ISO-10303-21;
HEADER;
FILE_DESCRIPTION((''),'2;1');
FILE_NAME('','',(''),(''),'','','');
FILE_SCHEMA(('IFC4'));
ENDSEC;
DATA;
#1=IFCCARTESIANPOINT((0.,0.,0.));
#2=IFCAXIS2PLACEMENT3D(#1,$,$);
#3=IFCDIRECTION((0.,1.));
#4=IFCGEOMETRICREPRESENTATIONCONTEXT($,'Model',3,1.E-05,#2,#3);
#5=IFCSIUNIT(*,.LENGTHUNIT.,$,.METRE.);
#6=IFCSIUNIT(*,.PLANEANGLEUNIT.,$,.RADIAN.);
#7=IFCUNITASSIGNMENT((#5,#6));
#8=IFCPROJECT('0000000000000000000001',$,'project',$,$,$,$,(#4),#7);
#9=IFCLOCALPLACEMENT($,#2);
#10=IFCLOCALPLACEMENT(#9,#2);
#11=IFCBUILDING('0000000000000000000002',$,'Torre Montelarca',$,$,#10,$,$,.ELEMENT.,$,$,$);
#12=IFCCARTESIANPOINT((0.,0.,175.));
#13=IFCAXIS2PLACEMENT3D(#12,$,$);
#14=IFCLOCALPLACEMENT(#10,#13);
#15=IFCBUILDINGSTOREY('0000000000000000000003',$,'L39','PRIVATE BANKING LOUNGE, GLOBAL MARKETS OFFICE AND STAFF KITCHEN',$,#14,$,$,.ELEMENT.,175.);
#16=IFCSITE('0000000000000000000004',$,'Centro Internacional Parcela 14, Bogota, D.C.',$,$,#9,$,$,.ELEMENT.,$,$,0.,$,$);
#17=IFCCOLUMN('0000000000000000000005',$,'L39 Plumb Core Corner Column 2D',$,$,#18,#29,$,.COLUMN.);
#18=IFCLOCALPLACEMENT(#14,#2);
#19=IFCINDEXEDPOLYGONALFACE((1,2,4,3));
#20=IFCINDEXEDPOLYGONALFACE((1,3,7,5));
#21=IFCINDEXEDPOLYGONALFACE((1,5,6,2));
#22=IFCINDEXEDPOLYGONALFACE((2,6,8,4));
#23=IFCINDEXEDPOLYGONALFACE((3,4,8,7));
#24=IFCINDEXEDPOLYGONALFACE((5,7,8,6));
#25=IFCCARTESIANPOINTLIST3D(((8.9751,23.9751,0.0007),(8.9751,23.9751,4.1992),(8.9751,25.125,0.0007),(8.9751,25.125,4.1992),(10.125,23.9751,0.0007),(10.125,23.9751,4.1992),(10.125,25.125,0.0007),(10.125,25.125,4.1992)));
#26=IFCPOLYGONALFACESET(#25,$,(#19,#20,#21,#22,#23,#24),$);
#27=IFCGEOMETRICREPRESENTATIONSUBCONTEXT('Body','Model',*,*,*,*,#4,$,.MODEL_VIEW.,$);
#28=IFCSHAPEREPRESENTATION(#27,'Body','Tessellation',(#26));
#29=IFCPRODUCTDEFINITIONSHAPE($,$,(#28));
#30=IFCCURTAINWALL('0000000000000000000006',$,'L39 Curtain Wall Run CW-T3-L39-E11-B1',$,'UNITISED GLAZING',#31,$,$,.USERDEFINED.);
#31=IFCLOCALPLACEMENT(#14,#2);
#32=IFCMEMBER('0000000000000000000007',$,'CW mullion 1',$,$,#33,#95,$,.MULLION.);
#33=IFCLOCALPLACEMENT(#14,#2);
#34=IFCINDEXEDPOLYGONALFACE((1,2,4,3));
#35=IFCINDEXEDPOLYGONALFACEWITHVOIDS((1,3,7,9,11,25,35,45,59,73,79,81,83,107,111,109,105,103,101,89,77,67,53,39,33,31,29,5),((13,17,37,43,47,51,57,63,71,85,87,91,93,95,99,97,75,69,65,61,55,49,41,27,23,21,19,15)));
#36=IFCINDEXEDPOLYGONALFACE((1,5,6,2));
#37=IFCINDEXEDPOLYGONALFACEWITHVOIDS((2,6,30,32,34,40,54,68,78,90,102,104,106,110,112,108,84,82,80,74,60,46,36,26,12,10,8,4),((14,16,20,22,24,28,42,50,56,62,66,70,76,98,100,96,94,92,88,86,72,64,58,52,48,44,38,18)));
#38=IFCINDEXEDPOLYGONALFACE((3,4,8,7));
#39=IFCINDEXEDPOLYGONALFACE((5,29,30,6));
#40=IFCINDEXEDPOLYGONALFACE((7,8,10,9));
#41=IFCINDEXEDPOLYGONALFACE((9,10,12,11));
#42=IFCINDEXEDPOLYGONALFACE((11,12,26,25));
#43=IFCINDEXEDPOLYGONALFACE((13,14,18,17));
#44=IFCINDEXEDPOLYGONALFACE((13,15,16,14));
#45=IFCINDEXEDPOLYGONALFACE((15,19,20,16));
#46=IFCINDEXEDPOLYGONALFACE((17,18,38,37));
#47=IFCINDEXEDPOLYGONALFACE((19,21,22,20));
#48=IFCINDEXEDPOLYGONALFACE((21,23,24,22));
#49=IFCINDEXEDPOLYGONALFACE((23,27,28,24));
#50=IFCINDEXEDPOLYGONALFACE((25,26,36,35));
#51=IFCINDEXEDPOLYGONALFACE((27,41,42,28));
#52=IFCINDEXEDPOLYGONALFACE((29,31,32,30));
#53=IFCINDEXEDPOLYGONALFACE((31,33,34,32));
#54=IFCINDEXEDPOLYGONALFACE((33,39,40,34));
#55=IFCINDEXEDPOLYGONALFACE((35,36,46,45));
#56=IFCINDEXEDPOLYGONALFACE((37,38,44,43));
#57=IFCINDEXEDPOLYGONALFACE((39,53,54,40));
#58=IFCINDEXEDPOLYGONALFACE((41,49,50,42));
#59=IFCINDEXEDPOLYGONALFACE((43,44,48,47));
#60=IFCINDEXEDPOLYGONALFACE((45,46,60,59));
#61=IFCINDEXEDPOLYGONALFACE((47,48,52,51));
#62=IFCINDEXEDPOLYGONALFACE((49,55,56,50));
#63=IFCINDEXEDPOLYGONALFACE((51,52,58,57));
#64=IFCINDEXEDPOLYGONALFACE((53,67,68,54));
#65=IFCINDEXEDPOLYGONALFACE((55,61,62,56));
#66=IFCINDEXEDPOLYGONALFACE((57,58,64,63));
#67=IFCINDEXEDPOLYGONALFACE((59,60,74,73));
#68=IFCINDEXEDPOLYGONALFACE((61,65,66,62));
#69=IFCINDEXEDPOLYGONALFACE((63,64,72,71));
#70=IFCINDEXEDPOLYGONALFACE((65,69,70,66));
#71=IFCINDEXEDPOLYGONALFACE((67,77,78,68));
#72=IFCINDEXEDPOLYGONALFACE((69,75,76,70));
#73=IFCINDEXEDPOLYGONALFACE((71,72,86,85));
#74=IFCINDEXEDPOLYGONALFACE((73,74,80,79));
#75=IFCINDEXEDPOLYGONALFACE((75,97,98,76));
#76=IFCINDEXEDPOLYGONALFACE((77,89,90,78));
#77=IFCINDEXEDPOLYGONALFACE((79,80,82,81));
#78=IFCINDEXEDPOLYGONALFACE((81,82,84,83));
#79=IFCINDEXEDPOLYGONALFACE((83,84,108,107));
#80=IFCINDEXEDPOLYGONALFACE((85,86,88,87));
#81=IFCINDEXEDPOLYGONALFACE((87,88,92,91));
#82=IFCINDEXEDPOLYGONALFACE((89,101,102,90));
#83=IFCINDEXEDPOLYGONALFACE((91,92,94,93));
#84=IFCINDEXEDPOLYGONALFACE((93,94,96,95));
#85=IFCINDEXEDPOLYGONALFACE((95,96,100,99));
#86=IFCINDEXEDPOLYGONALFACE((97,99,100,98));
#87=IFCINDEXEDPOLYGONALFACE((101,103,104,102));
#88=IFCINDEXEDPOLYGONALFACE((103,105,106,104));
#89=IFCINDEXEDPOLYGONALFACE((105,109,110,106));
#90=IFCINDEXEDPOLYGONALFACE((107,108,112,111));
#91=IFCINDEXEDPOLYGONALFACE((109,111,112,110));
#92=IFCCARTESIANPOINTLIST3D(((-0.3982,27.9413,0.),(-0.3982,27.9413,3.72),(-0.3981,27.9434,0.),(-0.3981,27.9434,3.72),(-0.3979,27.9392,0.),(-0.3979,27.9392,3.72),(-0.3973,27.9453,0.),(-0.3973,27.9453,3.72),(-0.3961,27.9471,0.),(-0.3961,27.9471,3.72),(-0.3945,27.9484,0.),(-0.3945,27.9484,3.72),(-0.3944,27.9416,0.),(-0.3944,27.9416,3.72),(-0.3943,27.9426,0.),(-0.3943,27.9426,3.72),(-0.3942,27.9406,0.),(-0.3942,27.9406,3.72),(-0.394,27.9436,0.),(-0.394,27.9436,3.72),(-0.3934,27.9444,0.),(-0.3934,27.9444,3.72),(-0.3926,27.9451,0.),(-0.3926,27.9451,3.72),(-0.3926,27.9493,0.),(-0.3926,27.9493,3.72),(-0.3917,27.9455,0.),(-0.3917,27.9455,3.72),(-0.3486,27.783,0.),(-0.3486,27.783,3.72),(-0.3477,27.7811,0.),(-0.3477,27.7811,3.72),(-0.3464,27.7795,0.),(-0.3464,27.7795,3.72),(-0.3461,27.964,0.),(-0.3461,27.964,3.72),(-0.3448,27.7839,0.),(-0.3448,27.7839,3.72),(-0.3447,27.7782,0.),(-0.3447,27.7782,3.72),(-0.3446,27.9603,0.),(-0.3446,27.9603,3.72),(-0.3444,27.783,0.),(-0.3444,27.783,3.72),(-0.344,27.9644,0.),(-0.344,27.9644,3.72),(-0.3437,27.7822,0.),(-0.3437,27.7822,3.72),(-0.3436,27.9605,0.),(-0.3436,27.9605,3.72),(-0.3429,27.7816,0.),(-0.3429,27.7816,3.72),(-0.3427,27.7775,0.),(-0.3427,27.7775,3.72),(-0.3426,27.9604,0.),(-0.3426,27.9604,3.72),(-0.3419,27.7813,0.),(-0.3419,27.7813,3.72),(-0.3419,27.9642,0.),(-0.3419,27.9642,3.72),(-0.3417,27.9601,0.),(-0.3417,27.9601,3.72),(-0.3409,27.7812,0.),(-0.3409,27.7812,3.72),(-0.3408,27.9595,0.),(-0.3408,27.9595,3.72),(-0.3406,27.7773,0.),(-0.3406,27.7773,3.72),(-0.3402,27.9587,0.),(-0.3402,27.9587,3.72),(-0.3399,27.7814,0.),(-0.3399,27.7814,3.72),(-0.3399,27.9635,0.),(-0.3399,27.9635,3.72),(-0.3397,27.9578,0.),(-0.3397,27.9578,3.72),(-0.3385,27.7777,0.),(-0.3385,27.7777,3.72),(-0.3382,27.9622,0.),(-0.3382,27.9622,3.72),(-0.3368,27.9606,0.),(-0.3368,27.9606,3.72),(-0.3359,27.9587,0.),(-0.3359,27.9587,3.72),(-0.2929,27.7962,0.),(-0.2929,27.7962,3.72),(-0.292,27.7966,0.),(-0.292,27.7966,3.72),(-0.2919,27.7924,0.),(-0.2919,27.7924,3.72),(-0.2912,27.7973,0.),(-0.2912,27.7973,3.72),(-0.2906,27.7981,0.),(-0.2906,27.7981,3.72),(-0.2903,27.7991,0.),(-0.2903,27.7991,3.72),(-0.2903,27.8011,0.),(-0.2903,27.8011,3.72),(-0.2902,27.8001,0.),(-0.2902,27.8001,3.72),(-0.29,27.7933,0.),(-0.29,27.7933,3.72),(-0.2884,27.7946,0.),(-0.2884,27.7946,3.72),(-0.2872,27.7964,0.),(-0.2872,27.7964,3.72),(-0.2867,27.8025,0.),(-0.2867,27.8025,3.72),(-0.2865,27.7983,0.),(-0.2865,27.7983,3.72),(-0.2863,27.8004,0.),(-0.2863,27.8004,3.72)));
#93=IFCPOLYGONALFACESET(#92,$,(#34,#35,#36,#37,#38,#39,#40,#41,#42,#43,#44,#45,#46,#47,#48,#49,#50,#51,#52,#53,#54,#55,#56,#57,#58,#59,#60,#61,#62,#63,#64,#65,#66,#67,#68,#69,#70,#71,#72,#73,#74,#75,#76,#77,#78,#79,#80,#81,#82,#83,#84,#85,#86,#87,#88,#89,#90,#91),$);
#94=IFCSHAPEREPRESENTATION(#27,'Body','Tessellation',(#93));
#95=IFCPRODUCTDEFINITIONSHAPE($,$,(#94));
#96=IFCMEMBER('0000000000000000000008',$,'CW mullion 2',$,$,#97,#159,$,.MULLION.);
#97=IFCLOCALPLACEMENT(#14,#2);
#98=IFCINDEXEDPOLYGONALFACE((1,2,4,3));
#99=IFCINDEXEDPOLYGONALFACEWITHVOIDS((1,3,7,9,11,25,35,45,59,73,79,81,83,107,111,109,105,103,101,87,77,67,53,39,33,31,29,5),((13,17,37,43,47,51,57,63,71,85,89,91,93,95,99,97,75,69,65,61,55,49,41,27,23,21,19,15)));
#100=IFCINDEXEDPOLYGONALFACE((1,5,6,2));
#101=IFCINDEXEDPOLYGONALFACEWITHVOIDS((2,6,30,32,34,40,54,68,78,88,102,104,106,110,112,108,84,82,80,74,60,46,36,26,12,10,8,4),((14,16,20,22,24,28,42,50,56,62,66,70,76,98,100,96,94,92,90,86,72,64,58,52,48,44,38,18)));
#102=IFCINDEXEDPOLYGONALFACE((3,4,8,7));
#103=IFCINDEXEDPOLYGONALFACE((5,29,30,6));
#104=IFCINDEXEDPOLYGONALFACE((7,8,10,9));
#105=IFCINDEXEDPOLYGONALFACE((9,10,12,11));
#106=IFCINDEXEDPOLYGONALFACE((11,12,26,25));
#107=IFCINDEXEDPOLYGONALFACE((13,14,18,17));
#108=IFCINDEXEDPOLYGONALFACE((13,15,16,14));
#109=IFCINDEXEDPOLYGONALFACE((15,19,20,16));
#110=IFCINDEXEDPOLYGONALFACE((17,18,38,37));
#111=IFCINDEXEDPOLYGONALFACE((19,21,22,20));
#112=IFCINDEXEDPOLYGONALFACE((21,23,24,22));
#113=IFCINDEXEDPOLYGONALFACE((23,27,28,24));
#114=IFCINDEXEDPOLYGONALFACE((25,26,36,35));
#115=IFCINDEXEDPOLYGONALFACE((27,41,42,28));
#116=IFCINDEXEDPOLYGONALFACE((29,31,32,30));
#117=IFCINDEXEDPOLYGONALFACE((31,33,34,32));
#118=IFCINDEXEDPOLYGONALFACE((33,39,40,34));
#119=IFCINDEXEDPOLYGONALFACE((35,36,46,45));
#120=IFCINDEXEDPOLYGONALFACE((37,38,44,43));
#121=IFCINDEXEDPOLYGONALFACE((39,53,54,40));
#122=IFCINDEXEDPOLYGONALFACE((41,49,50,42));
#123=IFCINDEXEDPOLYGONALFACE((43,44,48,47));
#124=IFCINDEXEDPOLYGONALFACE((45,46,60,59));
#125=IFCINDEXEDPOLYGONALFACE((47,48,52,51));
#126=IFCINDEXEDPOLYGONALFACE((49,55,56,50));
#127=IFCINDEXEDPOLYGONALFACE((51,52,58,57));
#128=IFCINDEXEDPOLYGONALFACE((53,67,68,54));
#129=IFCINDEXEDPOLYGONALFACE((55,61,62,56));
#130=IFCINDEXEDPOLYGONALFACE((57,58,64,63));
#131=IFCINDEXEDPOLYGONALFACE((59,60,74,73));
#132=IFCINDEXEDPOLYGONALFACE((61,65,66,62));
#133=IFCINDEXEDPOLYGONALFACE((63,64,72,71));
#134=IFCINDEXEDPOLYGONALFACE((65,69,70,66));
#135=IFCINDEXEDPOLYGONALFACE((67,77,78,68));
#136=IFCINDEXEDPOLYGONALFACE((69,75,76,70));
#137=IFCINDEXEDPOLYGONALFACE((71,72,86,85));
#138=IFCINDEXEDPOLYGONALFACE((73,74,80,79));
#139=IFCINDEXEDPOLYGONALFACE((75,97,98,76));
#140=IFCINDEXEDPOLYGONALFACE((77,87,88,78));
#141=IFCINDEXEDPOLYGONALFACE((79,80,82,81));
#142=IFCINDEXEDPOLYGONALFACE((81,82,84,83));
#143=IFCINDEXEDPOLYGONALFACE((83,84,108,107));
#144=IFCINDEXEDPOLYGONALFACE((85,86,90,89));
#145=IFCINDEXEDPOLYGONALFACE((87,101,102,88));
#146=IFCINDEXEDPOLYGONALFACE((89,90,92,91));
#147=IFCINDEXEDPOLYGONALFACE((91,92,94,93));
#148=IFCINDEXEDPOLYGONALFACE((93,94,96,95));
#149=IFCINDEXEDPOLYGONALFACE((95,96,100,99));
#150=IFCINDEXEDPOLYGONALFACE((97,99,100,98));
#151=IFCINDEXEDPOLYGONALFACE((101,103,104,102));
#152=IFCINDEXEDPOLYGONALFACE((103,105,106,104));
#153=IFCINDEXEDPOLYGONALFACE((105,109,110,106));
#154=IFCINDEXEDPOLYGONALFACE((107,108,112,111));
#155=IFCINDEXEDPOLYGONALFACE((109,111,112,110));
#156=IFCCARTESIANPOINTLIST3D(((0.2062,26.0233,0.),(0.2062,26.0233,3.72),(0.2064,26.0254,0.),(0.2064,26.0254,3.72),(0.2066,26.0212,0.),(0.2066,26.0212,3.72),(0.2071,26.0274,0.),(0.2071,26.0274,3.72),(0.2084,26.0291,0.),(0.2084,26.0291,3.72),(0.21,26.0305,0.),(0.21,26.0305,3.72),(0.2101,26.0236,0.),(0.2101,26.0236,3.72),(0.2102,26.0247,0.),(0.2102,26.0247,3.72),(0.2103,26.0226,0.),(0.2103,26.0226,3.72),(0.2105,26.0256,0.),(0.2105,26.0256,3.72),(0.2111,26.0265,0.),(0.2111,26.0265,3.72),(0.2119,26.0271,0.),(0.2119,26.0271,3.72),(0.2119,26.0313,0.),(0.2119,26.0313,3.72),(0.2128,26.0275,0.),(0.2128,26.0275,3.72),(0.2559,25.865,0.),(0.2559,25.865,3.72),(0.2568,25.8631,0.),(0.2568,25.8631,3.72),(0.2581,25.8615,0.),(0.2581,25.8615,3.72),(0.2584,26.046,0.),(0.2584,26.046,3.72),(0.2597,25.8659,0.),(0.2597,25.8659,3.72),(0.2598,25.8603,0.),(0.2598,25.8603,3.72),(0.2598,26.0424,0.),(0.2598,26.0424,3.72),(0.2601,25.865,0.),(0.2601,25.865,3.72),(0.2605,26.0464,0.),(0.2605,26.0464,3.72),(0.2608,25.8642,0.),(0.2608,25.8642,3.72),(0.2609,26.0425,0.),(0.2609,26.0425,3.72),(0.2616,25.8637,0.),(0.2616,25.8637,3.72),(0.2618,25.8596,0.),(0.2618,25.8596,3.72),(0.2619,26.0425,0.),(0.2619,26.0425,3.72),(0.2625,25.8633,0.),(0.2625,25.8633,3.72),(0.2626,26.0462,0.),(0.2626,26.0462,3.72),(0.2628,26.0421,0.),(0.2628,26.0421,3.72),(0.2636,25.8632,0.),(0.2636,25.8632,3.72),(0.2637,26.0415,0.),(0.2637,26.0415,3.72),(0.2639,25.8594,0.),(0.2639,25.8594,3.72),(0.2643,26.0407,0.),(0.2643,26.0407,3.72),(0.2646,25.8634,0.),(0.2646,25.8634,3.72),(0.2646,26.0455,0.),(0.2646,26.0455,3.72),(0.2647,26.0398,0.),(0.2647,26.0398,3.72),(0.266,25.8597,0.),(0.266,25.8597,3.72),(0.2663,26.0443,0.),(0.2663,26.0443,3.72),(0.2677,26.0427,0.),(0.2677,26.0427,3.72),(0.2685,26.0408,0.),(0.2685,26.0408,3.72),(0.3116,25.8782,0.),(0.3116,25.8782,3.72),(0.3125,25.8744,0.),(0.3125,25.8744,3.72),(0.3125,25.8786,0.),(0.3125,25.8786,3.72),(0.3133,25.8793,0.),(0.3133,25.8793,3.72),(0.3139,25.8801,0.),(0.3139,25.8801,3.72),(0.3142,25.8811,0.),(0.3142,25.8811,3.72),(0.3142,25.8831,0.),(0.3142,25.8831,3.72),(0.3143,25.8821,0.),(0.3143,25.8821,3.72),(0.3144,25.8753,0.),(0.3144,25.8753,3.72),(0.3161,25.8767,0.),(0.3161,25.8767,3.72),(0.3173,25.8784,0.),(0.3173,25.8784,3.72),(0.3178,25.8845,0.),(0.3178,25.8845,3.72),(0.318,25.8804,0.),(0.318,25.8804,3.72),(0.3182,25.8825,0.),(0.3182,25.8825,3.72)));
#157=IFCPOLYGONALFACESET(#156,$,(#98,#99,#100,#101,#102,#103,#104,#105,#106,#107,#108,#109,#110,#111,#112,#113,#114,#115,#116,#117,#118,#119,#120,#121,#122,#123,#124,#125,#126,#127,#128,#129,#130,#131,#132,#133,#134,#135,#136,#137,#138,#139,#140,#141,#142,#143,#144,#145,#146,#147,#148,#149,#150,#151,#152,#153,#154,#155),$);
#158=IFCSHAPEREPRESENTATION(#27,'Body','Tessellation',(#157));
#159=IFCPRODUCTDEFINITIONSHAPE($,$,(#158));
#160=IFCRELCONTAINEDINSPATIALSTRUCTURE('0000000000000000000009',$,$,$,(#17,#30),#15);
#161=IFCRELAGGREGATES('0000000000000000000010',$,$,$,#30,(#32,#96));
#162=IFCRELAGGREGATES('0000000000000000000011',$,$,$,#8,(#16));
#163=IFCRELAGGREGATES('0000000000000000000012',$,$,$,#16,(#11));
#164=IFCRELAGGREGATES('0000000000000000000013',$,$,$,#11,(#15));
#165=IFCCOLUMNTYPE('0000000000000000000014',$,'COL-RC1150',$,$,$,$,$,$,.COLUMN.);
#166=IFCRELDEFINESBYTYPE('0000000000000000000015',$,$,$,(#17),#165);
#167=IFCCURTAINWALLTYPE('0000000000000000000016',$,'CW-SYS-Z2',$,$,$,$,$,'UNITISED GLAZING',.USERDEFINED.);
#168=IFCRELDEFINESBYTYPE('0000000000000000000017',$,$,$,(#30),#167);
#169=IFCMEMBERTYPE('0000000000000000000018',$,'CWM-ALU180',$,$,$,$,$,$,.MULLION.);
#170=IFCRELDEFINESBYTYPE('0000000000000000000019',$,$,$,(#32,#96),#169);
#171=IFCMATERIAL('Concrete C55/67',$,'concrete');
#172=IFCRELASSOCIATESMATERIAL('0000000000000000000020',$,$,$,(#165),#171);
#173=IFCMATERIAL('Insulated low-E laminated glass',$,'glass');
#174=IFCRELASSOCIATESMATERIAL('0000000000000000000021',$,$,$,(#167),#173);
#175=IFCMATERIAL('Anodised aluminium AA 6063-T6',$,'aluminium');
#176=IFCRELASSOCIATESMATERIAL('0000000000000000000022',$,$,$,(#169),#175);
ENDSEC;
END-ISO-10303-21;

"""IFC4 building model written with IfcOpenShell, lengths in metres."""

from ifc_helpers import new_model, si_unit, direction, frame, origin, origin_2d, place, context, subcontext, project, spatial, rectangle, hollow_rectangle, extrude, source, transform, mapped, material, material_profile, profile_set, type_object, element, aggregate, save


model = new_model("IFC4")

# Units and contexts
model_context = context("Model", 3, precision=1e-05, world=origin(), true_north=direction((0.0, 1.0)))
body_context = subcontext(model_context, "Body", "Model", "MODEL_VIEW")
ifc_project = project(units=[si_unit("LENGTHUNIT", "METRE"), si_unit("PLANEANGLEUNIT", "RADIAN")], contexts=[model_context])

# Site, building, storey
site_placement = place(None, origin())
site = spatial("IfcSite", under=ifc_project, at=site_placement, Name="Centro Internacional Parcela 14, Bogota, D.C.", CompositionType="ELEMENT", RefElevation=0.0)
building_placement = place(site_placement, origin())
building = spatial("IfcBuilding", under=site, at=building_placement, Name="Torre Montelarca", CompositionType="ELEMENT")
storey_placement = place(building_placement, frame((0.0, 0.0, 175.0)))
storey = spatial("IfcBuildingStorey", under=building, at=storey_placement, Name="L39", Description="PRIVATE BANKING LOUNGE, GLOBAL MARKETS OFFICE AND STAFF KITCHEN", CompositionType="ELEMENT", Elevation=175.0)

# Column
ifc_material_1 = material(Name="Concrete C55/67", Category="concrete")
ifc_material_profile_1 = material_profile(ifc_material_1, rectangle(XDim=1.1499, YDim=1.1499, at=origin_2d()), Name="RC1150X1150", Category="concrete")
ifc_profile_set_1 = profile_set([ifc_material_profile_1], Name="Concrete C55/67")
column_type = type_object("IfcColumnType", Name="COL-RC1150", PredefinedType="COLUMN", material=ifc_profile_set_1)
shared_shape_1 = source(origin(), body_context, "Body", "SweptSolid", [
    extrude(rectangle(XDim=1.1499, YDim=1.1499, at=origin_2d()), origin(), (0.0, 0.0, 1.0), 4.1985),
])
column_placement = place(storey_placement, frame((9.55, 24.55, 0.0007), z_axis=(0.0, 0.0, 1.0), x_axis=(1.0, 0.0, 0.0)))
element("IfcColumn", 1, at=column_placement, inside=storey, type_object=column_type, Name="L39 Plumb Core Corner Column 2D", PredefinedType="COLUMN", context=body_context, shape_type="MappedRepresentation", body=[
    mapped(shared_shape_1, transform((0.0, 0.0, 0.0), scale=1.0)),
])

# Curtain wall, members
ifc_material_2 = material(Name="Insulated low-E laminated glass", Category="glass")
curtain_wall_type = type_object("IfcCurtainWallType", Name="CW-SYS-Z2", ElementType="UNITISED GLAZING", PredefinedType="USERDEFINED", material=ifc_material_2)
curtain_wall_1_placement = place(storey_placement, origin())
curtain_wall_1 = element("IfcCurtainWall", 2, at=curtain_wall_1_placement, inside=storey, type_object=curtain_wall_type, Name="L39 Curtain Wall Run CW-T3-L39-E11-B1", ObjectType="UNITISED GLAZING", PredefinedType="USERDEFINED")
ifc_material_3 = material(Name="Anodised aluminium AA 6063-T6", Category="aluminium")
ifc_material_profile_2 = material_profile(ifc_material_3, hollow_rectangle(XDim=0.0649, YDim=0.1799, WallThickness=0.0039, InnerFilletRadius=0.0039, OuterFilletRadius=0.0081, at=origin_2d()), Name="ALU65X180X4", Category="aluminium")
ifc_profile_set_2 = profile_set([ifc_material_profile_2], Name="Anodised aluminium AA 6063-T6")
member_type_1 = type_object("IfcMemberType", Name="CWM-ALU180", PredefinedType="MULLION", material=ifc_profile_set_2)
shared_shape_2 = source(origin(), body_context, "Body", "SweptSolid", [
    extrude(hollow_rectangle(XDim=0.0649, YDim=0.1799, WallThickness=0.0039, InnerFilletRadius=0.0039, OuterFilletRadius=0.0081, at=origin_2d()), origin(), (0.0, 0.0, 1.0), 3.72),
])
member_1_placement = place(storey_placement, frame((-0.3423, 27.8708, 0.0), z_axis=(0.0, 0.0, 1.0), x_axis=(0.953725, 0.300682, 0.0)))
member_1 = element("IfcMember", 3, at=member_1_placement, type_object=member_type_1, Name="CW mullion 1", PredefinedType="MULLION", context=body_context, shape_type="MappedRepresentation", body=[
    mapped(shared_shape_2, transform((0.0, 0.0, 0.0), scale=1.0)),
])
member_2_placement = place(storey_placement, frame((0.2622, 25.9529, 0.0), z_axis=(0.0, 0.0, 1.0), x_axis=(0.953725, 0.300682, 0.0)))
member_2 = element("IfcMember", 4, at=member_2_placement, type_object=member_type_1, Name="CW mullion 2", PredefinedType="MULLION", context=body_context, shape_type="MappedRepresentation", body=[
    mapped(shared_shape_2, transform((0.0, 0.0, 0.0), scale=1.0)),
])

aggregate(curtain_wall_1, [member_1, member_2])

save(model, "model.ifc")
